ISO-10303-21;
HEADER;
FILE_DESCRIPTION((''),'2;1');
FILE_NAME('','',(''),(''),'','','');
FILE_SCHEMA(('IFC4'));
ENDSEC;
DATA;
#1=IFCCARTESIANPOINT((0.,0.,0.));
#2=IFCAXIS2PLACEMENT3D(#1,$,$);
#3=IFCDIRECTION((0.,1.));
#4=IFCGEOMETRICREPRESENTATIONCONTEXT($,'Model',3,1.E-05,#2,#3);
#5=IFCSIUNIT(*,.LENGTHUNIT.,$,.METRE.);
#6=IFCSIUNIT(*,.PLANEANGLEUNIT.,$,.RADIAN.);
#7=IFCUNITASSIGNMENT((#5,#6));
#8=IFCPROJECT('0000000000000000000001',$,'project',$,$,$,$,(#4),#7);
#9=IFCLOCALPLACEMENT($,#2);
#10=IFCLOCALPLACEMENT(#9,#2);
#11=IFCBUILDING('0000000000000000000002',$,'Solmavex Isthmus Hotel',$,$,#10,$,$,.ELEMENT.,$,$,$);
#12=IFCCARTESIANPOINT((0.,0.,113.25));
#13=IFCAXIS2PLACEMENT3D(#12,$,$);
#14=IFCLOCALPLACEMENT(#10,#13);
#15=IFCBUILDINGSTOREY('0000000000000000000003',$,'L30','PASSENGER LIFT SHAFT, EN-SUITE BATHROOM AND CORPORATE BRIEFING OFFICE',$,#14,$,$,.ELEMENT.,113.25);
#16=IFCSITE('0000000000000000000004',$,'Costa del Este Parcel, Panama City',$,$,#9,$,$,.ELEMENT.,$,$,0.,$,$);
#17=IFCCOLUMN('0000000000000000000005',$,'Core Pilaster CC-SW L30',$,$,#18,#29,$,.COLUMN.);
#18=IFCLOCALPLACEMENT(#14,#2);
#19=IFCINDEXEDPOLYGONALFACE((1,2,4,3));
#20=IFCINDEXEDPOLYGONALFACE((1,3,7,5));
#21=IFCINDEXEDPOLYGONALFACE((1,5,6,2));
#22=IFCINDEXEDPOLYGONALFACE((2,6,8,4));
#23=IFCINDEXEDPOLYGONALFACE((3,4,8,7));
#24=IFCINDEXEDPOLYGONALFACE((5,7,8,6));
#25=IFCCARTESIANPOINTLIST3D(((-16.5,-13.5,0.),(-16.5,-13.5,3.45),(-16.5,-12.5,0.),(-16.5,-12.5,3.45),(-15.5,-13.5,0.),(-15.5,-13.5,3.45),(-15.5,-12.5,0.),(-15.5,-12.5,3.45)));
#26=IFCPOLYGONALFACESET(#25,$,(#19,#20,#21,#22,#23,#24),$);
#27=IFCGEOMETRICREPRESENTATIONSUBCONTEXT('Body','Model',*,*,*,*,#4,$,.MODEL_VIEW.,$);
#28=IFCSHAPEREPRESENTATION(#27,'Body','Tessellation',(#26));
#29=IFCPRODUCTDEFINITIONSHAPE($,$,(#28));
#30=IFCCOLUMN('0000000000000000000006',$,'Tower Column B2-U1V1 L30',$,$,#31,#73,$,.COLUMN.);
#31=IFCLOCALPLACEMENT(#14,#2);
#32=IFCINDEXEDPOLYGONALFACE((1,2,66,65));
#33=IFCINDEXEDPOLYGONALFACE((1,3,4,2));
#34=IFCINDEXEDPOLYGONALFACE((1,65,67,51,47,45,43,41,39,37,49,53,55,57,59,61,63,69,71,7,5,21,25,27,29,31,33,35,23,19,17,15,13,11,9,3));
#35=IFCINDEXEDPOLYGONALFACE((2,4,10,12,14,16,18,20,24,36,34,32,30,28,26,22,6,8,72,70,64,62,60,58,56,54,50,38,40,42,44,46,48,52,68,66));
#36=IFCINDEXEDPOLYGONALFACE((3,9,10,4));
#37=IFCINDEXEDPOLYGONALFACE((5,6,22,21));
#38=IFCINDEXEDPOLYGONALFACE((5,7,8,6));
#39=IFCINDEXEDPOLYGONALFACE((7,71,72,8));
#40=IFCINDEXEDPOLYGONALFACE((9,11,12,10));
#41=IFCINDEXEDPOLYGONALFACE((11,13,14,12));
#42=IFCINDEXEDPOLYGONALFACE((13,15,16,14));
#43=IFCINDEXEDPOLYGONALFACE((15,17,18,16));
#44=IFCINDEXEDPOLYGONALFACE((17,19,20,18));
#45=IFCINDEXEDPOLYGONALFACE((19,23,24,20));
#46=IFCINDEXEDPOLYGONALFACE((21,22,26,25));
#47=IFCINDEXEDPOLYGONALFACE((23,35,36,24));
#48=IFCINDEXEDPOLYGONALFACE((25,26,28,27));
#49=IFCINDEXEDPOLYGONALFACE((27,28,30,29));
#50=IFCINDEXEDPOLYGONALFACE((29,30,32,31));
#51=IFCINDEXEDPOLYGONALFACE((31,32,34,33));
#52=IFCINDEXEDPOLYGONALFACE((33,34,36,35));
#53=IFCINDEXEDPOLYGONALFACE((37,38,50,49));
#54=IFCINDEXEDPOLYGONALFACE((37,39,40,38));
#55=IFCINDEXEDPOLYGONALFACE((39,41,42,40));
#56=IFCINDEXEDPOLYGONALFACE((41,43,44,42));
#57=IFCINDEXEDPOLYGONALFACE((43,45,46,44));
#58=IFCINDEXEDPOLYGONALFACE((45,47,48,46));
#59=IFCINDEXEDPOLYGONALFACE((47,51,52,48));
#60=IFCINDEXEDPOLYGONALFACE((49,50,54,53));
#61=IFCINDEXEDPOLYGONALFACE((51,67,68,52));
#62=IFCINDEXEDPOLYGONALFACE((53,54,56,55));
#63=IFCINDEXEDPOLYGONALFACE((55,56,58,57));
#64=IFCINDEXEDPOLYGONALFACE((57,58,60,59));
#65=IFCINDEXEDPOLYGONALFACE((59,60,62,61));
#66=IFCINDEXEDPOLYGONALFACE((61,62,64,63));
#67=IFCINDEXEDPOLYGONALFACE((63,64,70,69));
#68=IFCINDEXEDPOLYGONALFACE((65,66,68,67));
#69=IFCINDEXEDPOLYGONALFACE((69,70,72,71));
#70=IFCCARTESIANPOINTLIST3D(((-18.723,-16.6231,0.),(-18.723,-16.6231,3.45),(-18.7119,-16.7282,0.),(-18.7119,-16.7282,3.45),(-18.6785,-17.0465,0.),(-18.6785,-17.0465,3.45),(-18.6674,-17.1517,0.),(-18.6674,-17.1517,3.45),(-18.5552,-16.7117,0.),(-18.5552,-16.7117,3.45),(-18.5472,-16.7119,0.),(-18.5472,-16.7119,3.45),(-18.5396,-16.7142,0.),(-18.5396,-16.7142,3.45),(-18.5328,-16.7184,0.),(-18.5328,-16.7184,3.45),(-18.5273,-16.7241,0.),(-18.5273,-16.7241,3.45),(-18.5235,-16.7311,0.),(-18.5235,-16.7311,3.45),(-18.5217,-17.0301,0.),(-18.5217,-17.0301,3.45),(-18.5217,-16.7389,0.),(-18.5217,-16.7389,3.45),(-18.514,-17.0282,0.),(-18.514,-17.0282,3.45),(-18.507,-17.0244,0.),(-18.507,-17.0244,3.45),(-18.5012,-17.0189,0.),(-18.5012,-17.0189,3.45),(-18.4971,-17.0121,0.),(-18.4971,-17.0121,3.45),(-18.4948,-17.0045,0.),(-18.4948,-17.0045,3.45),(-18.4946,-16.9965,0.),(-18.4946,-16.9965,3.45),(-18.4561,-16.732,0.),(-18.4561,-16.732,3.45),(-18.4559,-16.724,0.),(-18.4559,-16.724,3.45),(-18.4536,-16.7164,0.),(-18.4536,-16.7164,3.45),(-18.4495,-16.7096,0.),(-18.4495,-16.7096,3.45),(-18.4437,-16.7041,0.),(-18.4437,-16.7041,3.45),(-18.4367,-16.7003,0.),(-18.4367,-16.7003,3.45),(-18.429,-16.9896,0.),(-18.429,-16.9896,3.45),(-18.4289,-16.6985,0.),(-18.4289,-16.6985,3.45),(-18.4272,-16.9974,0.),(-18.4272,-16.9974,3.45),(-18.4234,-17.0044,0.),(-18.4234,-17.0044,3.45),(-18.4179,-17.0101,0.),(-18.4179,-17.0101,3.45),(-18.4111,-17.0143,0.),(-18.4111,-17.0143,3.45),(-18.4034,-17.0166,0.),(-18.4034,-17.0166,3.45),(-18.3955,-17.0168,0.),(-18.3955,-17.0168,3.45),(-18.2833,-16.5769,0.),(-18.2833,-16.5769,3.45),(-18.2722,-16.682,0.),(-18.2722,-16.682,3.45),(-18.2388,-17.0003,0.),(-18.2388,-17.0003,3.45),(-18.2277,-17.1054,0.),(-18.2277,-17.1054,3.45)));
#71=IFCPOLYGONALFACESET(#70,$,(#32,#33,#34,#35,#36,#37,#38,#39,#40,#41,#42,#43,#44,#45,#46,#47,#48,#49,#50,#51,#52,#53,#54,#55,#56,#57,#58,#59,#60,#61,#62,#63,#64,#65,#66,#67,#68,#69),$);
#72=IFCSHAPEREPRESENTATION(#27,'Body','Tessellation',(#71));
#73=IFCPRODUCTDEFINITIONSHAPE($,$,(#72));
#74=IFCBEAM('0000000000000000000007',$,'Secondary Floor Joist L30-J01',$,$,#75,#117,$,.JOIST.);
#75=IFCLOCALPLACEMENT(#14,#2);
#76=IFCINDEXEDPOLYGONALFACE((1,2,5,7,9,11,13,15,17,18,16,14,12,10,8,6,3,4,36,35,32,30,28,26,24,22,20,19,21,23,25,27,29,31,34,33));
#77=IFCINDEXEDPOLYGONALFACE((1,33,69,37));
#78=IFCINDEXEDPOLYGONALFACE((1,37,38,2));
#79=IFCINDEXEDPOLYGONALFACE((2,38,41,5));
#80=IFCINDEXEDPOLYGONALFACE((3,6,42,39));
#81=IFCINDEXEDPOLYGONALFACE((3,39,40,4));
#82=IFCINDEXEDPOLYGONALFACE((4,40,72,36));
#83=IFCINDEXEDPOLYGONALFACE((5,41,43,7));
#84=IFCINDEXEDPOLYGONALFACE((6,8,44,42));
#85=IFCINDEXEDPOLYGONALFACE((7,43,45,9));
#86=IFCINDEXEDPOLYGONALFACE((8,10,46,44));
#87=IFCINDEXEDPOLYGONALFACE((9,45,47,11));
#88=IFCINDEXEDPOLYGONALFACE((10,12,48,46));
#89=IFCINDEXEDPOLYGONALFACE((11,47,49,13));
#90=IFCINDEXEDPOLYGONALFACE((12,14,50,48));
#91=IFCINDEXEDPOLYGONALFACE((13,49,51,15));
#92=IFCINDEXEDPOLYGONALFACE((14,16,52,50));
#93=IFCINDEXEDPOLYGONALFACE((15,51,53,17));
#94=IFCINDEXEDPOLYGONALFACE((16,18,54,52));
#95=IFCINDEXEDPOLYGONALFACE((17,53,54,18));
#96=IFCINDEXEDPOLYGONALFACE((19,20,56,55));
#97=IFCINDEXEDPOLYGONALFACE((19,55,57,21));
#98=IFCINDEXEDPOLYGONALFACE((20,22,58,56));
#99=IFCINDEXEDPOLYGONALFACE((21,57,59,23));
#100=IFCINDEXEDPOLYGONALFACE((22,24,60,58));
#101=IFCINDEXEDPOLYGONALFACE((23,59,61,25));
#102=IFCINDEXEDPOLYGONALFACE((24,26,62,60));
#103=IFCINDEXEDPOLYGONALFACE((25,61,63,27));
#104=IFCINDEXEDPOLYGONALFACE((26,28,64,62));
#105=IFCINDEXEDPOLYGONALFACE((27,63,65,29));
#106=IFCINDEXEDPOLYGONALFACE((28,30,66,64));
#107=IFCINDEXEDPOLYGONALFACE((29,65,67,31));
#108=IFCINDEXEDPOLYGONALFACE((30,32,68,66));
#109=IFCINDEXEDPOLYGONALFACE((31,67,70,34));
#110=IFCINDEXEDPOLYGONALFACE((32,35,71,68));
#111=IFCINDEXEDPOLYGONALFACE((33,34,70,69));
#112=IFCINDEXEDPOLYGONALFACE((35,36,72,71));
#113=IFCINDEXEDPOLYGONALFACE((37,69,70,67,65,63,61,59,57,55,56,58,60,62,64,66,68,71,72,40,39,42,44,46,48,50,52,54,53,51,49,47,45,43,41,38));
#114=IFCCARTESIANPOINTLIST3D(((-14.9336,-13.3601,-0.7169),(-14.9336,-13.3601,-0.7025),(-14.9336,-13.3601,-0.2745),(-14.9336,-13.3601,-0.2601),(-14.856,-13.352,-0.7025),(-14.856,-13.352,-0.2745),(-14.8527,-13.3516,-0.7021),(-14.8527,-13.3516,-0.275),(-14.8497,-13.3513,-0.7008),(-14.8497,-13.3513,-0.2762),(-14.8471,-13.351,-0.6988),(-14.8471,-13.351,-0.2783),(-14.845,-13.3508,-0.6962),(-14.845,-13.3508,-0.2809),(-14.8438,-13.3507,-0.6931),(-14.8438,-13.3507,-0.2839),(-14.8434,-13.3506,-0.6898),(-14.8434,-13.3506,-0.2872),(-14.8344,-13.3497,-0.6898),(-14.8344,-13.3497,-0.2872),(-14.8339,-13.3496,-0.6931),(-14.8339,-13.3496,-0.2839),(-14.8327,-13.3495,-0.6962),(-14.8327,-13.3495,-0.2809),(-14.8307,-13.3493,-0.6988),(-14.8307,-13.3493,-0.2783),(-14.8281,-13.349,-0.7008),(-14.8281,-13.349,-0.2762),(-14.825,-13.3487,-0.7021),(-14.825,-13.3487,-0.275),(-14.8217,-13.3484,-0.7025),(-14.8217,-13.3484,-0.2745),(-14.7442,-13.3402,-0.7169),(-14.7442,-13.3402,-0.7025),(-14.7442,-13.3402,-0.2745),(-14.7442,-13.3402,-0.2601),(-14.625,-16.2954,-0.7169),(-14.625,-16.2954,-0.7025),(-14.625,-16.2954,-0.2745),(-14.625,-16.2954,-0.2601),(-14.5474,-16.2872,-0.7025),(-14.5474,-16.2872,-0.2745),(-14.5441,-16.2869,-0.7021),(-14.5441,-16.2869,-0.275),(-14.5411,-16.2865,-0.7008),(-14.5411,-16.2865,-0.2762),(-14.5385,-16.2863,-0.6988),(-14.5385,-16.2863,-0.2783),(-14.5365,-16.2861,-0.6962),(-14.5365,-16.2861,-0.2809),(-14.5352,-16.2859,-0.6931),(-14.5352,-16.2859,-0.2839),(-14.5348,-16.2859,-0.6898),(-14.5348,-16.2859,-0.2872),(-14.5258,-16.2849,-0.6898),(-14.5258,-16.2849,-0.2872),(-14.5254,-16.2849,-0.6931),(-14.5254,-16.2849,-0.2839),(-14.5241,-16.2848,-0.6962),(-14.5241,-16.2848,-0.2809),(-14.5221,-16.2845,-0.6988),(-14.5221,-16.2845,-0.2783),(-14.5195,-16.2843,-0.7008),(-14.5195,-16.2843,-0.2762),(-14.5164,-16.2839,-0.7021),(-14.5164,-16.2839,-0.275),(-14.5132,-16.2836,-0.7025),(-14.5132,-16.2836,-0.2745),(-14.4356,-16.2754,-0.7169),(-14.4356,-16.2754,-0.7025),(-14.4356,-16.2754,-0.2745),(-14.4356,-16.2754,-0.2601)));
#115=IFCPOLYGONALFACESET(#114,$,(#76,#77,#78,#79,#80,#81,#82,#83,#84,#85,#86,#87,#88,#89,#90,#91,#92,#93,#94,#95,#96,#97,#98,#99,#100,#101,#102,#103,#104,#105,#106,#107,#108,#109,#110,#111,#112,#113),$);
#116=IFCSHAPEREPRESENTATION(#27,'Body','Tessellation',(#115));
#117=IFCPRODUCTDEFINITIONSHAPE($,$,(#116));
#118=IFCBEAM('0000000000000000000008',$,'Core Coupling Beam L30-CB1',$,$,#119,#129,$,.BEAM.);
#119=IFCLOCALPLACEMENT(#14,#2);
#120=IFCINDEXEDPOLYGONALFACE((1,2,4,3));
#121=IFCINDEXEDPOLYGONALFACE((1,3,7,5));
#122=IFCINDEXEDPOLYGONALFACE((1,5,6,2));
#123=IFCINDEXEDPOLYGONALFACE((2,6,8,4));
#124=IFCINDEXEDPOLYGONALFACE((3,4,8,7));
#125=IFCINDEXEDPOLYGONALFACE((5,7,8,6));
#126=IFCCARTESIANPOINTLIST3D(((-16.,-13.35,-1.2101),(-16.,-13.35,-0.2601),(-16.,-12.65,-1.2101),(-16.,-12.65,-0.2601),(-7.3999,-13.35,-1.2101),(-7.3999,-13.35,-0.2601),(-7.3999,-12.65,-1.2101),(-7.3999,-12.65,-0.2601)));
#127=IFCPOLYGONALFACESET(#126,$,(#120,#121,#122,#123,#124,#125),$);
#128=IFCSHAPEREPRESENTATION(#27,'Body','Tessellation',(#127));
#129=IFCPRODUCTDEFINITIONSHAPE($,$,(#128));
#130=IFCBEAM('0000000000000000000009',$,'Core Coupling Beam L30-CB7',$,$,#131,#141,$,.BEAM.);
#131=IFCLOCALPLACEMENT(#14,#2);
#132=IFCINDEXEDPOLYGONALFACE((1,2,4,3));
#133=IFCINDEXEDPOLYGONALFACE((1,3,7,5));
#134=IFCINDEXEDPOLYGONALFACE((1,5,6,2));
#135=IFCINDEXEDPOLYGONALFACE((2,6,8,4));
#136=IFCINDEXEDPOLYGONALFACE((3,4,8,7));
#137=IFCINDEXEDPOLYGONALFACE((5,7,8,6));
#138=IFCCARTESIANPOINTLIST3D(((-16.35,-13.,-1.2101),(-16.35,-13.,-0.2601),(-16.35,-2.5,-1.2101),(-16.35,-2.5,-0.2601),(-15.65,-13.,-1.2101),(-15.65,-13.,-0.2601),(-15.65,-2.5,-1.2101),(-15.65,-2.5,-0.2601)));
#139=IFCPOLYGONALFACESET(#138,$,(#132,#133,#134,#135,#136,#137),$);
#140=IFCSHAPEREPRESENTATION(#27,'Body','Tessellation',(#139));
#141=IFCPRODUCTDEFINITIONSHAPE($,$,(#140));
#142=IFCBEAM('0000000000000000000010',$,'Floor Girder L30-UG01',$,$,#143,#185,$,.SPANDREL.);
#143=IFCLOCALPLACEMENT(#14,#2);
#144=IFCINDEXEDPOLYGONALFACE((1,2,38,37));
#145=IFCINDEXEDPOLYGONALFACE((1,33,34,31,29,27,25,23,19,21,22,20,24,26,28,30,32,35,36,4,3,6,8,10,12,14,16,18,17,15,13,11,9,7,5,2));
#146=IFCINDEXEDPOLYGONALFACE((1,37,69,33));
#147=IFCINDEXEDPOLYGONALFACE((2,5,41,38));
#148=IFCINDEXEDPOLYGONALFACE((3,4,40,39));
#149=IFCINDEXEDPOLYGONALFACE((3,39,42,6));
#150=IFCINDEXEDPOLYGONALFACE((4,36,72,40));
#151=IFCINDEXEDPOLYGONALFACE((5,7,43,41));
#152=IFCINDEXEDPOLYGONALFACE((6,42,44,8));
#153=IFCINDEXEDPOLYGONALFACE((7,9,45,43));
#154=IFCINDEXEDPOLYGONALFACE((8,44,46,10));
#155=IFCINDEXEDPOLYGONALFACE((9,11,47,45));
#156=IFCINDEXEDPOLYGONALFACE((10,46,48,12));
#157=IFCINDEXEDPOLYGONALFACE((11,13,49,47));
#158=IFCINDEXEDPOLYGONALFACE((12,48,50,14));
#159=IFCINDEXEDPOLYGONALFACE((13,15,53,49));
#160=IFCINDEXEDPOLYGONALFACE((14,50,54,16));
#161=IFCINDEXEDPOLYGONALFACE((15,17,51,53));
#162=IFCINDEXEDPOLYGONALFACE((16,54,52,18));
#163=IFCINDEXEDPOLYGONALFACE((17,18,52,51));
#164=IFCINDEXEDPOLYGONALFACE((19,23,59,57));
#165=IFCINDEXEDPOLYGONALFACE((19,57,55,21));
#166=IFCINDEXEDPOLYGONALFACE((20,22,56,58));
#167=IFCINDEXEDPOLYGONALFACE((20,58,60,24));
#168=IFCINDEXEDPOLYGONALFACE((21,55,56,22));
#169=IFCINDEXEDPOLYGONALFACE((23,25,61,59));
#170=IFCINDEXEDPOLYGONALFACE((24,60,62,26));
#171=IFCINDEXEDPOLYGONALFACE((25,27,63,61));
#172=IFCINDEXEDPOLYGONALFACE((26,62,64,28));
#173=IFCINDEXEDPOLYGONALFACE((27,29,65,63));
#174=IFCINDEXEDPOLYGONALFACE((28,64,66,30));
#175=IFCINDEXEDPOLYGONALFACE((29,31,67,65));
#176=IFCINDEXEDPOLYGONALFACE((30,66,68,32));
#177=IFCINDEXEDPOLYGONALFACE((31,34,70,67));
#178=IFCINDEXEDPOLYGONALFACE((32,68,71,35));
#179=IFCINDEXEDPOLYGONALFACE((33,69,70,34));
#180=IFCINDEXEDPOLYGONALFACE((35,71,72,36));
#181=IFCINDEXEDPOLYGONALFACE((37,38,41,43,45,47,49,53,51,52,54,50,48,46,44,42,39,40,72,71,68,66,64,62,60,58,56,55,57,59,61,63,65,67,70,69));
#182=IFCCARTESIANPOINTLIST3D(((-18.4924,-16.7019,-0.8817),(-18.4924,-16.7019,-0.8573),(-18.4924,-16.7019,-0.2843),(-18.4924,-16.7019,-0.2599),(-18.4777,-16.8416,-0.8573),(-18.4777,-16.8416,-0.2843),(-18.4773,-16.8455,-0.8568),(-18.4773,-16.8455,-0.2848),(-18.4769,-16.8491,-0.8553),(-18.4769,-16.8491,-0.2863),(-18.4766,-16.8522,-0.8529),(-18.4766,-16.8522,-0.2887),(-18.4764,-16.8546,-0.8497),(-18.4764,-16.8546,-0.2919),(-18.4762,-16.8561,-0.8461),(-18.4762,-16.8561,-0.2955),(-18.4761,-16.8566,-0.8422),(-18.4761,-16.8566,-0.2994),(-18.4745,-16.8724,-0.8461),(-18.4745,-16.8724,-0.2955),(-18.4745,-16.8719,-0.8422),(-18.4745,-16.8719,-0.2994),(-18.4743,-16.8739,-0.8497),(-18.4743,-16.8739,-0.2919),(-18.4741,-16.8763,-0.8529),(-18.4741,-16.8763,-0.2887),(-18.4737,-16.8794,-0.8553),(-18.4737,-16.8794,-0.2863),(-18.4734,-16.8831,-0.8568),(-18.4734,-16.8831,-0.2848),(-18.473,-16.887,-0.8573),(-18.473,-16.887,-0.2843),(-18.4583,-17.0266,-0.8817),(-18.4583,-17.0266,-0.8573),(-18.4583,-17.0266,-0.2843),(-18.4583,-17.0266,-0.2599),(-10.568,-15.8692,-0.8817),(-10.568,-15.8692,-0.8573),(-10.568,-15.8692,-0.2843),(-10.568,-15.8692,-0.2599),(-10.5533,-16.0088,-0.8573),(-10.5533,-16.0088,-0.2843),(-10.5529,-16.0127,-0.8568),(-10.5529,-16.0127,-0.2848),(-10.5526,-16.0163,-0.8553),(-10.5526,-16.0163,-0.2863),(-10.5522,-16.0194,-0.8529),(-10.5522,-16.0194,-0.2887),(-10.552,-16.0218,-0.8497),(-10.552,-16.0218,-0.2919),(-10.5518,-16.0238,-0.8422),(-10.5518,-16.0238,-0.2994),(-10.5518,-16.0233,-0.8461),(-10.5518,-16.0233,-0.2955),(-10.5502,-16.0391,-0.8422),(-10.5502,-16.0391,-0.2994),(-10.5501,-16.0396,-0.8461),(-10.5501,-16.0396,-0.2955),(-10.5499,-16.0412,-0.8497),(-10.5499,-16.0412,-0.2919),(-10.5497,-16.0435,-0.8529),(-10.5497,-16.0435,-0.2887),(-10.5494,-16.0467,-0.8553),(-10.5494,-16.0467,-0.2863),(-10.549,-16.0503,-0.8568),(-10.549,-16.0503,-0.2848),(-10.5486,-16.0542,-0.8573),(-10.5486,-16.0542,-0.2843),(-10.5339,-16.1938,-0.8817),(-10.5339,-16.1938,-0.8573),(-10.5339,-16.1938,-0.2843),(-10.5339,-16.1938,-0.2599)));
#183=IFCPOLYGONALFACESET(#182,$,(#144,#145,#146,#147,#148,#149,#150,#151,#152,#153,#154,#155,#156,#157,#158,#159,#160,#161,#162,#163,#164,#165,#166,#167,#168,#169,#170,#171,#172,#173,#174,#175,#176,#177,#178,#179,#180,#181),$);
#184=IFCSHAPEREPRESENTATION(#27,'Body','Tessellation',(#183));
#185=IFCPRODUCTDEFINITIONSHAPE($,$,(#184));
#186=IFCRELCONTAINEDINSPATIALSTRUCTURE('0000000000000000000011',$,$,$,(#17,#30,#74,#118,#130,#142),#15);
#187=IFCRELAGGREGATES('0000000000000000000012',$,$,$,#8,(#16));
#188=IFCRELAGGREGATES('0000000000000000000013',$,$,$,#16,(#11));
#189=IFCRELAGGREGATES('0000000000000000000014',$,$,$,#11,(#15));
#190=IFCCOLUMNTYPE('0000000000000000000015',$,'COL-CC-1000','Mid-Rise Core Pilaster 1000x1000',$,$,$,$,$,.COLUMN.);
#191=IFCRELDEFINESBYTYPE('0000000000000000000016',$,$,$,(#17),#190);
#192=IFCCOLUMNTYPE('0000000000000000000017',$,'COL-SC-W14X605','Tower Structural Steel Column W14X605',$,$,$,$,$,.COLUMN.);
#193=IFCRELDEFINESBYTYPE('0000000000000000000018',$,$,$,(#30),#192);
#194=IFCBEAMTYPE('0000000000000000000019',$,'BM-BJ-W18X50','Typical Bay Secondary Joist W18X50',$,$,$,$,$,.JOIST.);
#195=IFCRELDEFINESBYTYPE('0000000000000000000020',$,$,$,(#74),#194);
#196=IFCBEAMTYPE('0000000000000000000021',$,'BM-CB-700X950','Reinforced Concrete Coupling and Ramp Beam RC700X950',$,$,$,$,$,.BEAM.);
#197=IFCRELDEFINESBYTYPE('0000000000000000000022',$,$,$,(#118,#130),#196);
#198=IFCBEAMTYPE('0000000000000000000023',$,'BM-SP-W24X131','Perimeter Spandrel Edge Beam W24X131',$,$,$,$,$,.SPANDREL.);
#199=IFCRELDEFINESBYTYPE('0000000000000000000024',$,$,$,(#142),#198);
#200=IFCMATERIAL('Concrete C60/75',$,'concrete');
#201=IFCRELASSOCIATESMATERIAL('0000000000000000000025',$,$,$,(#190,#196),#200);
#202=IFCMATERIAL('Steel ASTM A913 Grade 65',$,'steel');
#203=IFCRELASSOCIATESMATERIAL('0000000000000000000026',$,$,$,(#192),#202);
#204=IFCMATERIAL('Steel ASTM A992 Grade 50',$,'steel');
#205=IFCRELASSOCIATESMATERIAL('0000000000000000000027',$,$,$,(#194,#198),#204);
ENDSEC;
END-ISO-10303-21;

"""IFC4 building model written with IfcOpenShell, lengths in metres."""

from ifc_helpers import new_model, si_unit, direction, frame, origin, origin_2d, place, context, subcontext, project, spatial, rectangle, i_section, extrude, material, material_profile, profile_set, type_object, element, save


model = new_model("IFC4")

# Units and contexts
model_context = context("Model", 3, precision=1e-05, world=origin(), true_north=direction((0.0, 1.0)))
body_context = subcontext(model_context, "Body", "Model", "MODEL_VIEW")
ifc_project = project(units=[si_unit("LENGTHUNIT", "METRE"), si_unit("PLANEANGLEUNIT", "RADIAN")], contexts=[model_context])

# Site, building, storey
site_placement = place(None, origin())
site = spatial("IfcSite", under=ifc_project, at=site_placement, Name="Costa del Este Parcel, Panama City", CompositionType="ELEMENT", RefElevation=0.0)
building_placement = place(site_placement, origin())
building = spatial("IfcBuilding", under=site, at=building_placement, Name="Solmavex Isthmus Hotel", CompositionType="ELEMENT")
storey_placement = place(building_placement, frame((0.0, 0.0, 113.25)))
storey = spatial("IfcBuildingStorey", under=building, at=storey_placement, Name="L30", Description="PASSENGER LIFT SHAFT, EN-SUITE BATHROOM AND CORPORATE BRIEFING OFFICE", CompositionType="ELEMENT", Elevation=113.25)

# Columns
ifc_material_1 = material(Name="Concrete C60/75", Category="concrete")
ifc_material_profile_1 = material_profile(ifc_material_1, rectangle(XDim=1.0, YDim=1.0, at=origin_2d()), Name="RC1000X1000")
ifc_profile_set_1 = profile_set([ifc_material_profile_1], Name="Concrete C60/75")
column_type_1 = type_object("IfcColumnType", Name="COL-CC-1000", Description="Mid-Rise Core Pilaster 1000x1000", PredefinedType="COLUMN", material=ifc_profile_set_1)
column_1_placement = place(storey_placement, frame((-16.0, -13.0, 0.0), z_axis=(0.0, 0.0, 1.0), x_axis=(1.0, 0.0, 0.0)))
element("IfcColumn", 1, at=column_1_placement, inside=storey, type_object=column_type_1, Name="Core Pilaster CC-SW L30", PredefinedType="COLUMN", context=body_context, shape_type="SweptSolid", body=[
    extrude(rectangle(XDim=1.0, YDim=1.0, at=origin_2d()), origin(), (0.0, 0.0, 1.0), 3.45),
])
ifc_material_2 = material(Name="Steel ASTM A913 Grade 65", Category="steel")
ifc_material_profile_2 = material_profile(ifc_material_2, i_section(OverallWidth=0.4421, OverallDepth=0.5315, WebThickness=0.0659, FlangeThickness=0.1057, FilletRadius=0.0305, at=origin_2d()), Name="W14X605")
ifc_profile_set_2 = profile_set([ifc_material_profile_2], Name="Steel ASTM A913 Grade 65")
column_type_2 = type_object("IfcColumnType", Name="COL-SC-W14X605", Description="Tower Structural Steel Column W14X605", PredefinedType="COLUMN", material=ifc_profile_set_2)
column_2_placement = place(storey_placement, frame((-18.4753, -16.8643, 0.0), z_axis=(0.0, 0.0, 1.0), x_axis=(0.994522, 0.104528, 0.0)))
element("IfcColumn", 2, at=column_2_placement, inside=storey, type_object=column_type_2, Name="Tower Column B2-U1V1 L30", PredefinedType="COLUMN", context=body_context, shape_type="SweptSolid", body=[
    extrude(i_section(OverallWidth=0.4421, OverallDepth=0.5315, WebThickness=0.0659, FlangeThickness=0.1057, FilletRadius=0.0305, at=origin_2d()), origin(), (0.0, 0.0, 1.0), 3.45),
])

# Beams
ifc_material_3 = material(Name="Steel ASTM A992 Grade 50", Category="steel")
ifc_material_profile_3 = material_profile(ifc_material_3, i_section(OverallWidth=0.1904, OverallDepth=0.4568, WebThickness=0.009, FlangeThickness=0.0144, FilletRadius=0.0127, at=origin_2d()), Name="W18X50")
ifc_profile_set_3 = profile_set([ifc_material_profile_3], Name="Steel ASTM A992 Grade 50")
beam_type_1 = type_object("IfcBeamType", Name="BM-BJ-W18X50", Description="Typical Bay Secondary Joist W18X50", PredefinedType="JOIST", material=ifc_profile_set_3)
beam_1_placement = place(storey_placement, frame((-14.5303, -16.2854, -0.4885), z_axis=(-0.104556, 0.994519, 0.0), x_axis=(-0.994519, -0.104556, 0.0)))
element("IfcBeam", 3, at=beam_1_placement, inside=storey, type_object=beam_type_1, Name="Secondary Floor Joist L30-J01", PredefinedType="JOIST", context=body_context, shape_type="SweptSolid", body=[
    extrude(i_section(OverallWidth=0.1904, OverallDepth=0.4568, WebThickness=0.009, FlangeThickness=0.0144, FilletRadius=0.0127, at=origin_2d()), origin(), (0.0, 0.0, 1.0), 2.9514),
])
ifc_material_profile_4 = material_profile(ifc_material_1, rectangle(XDim=0.7, YDim=0.95, at=origin_2d()), Name="RC700X950")
ifc_profile_set_4 = profile_set([ifc_material_profile_4], Name="Concrete C60/75")
beam_type_2 = type_object("IfcBeamType", Name="BM-CB-700X950", Description="Reinforced Concrete Coupling and Ramp Beam RC700X950", PredefinedType="BEAM", material=ifc_profile_set_4)
beam_2_placement = place(storey_placement, frame((-16.0, -13.0, -0.7351), z_axis=(1.0, 0.0, 0.0), x_axis=(0.0, 1.0, 0.0)))
element("IfcBeam", 4, at=beam_2_placement, inside=storey, type_object=beam_type_2, Name="Core Coupling Beam L30-CB1", PredefinedType="BEAM", context=body_context, shape_type="SweptSolid", body=[
    extrude(rectangle(XDim=0.7, YDim=0.95, at=origin_2d()), origin(), (0.0, 0.0, 1.0), 8.6001),
])
beam_3_placement = place(storey_placement, frame((-16.0, -13.0, -0.7351), z_axis=(0.0, 1.0, 0.0), x_axis=(-1.0, 0.0, 0.0)))
element("IfcBeam", 5, at=beam_3_placement, inside=storey, type_object=beam_type_2, Name="Core Coupling Beam L30-CB7", PredefinedType="BEAM", context=body_context, shape_type="SweptSolid", body=[
    extrude(rectangle(XDim=0.7, YDim=0.95, at=origin_2d()), origin(), (0.0, 0.0, 1.0), 10.5),
])
ifc_material_profile_5 = material_profile(ifc_material_3, i_section(OverallWidth=0.3264, OverallDepth=0.6218, WebThickness=0.0154, FlangeThickness=0.0244, FilletRadius=0.0151, at=origin_2d()), Name="W24X131")
ifc_profile_set_5 = profile_set([ifc_material_profile_5], Name="Steel ASTM A992 Grade 50")
beam_type_3 = type_object("IfcBeamType", Name="BM-SP-W24X131", Description="Perimeter Spandrel Edge Beam W24X131", PredefinedType="SPANDREL", material=ifc_profile_set_5)
beam_4_placement = place(storey_placement, frame((-18.4753, -16.8643, -0.5708), z_axis=(0.994523, 0.104514, 0.0), x_axis=(-0.104514, 0.994523, 0.0)))
element("IfcBeam", 6, at=beam_4_placement, inside=storey, type_object=beam_type_3, Name="Floor Girder L30-UG01", PredefinedType="SPANDREL", context=body_context, shape_type="SweptSolid", body=[
    extrude(i_section(OverallWidth=0.3264, OverallDepth=0.6218, WebThickness=0.0154, FlangeThickness=0.0244, FilletRadius=0.0151, at=origin_2d()), origin(), (0.0, 0.0, 1.0), 7.968),
])

save(model, "model.ifc")
